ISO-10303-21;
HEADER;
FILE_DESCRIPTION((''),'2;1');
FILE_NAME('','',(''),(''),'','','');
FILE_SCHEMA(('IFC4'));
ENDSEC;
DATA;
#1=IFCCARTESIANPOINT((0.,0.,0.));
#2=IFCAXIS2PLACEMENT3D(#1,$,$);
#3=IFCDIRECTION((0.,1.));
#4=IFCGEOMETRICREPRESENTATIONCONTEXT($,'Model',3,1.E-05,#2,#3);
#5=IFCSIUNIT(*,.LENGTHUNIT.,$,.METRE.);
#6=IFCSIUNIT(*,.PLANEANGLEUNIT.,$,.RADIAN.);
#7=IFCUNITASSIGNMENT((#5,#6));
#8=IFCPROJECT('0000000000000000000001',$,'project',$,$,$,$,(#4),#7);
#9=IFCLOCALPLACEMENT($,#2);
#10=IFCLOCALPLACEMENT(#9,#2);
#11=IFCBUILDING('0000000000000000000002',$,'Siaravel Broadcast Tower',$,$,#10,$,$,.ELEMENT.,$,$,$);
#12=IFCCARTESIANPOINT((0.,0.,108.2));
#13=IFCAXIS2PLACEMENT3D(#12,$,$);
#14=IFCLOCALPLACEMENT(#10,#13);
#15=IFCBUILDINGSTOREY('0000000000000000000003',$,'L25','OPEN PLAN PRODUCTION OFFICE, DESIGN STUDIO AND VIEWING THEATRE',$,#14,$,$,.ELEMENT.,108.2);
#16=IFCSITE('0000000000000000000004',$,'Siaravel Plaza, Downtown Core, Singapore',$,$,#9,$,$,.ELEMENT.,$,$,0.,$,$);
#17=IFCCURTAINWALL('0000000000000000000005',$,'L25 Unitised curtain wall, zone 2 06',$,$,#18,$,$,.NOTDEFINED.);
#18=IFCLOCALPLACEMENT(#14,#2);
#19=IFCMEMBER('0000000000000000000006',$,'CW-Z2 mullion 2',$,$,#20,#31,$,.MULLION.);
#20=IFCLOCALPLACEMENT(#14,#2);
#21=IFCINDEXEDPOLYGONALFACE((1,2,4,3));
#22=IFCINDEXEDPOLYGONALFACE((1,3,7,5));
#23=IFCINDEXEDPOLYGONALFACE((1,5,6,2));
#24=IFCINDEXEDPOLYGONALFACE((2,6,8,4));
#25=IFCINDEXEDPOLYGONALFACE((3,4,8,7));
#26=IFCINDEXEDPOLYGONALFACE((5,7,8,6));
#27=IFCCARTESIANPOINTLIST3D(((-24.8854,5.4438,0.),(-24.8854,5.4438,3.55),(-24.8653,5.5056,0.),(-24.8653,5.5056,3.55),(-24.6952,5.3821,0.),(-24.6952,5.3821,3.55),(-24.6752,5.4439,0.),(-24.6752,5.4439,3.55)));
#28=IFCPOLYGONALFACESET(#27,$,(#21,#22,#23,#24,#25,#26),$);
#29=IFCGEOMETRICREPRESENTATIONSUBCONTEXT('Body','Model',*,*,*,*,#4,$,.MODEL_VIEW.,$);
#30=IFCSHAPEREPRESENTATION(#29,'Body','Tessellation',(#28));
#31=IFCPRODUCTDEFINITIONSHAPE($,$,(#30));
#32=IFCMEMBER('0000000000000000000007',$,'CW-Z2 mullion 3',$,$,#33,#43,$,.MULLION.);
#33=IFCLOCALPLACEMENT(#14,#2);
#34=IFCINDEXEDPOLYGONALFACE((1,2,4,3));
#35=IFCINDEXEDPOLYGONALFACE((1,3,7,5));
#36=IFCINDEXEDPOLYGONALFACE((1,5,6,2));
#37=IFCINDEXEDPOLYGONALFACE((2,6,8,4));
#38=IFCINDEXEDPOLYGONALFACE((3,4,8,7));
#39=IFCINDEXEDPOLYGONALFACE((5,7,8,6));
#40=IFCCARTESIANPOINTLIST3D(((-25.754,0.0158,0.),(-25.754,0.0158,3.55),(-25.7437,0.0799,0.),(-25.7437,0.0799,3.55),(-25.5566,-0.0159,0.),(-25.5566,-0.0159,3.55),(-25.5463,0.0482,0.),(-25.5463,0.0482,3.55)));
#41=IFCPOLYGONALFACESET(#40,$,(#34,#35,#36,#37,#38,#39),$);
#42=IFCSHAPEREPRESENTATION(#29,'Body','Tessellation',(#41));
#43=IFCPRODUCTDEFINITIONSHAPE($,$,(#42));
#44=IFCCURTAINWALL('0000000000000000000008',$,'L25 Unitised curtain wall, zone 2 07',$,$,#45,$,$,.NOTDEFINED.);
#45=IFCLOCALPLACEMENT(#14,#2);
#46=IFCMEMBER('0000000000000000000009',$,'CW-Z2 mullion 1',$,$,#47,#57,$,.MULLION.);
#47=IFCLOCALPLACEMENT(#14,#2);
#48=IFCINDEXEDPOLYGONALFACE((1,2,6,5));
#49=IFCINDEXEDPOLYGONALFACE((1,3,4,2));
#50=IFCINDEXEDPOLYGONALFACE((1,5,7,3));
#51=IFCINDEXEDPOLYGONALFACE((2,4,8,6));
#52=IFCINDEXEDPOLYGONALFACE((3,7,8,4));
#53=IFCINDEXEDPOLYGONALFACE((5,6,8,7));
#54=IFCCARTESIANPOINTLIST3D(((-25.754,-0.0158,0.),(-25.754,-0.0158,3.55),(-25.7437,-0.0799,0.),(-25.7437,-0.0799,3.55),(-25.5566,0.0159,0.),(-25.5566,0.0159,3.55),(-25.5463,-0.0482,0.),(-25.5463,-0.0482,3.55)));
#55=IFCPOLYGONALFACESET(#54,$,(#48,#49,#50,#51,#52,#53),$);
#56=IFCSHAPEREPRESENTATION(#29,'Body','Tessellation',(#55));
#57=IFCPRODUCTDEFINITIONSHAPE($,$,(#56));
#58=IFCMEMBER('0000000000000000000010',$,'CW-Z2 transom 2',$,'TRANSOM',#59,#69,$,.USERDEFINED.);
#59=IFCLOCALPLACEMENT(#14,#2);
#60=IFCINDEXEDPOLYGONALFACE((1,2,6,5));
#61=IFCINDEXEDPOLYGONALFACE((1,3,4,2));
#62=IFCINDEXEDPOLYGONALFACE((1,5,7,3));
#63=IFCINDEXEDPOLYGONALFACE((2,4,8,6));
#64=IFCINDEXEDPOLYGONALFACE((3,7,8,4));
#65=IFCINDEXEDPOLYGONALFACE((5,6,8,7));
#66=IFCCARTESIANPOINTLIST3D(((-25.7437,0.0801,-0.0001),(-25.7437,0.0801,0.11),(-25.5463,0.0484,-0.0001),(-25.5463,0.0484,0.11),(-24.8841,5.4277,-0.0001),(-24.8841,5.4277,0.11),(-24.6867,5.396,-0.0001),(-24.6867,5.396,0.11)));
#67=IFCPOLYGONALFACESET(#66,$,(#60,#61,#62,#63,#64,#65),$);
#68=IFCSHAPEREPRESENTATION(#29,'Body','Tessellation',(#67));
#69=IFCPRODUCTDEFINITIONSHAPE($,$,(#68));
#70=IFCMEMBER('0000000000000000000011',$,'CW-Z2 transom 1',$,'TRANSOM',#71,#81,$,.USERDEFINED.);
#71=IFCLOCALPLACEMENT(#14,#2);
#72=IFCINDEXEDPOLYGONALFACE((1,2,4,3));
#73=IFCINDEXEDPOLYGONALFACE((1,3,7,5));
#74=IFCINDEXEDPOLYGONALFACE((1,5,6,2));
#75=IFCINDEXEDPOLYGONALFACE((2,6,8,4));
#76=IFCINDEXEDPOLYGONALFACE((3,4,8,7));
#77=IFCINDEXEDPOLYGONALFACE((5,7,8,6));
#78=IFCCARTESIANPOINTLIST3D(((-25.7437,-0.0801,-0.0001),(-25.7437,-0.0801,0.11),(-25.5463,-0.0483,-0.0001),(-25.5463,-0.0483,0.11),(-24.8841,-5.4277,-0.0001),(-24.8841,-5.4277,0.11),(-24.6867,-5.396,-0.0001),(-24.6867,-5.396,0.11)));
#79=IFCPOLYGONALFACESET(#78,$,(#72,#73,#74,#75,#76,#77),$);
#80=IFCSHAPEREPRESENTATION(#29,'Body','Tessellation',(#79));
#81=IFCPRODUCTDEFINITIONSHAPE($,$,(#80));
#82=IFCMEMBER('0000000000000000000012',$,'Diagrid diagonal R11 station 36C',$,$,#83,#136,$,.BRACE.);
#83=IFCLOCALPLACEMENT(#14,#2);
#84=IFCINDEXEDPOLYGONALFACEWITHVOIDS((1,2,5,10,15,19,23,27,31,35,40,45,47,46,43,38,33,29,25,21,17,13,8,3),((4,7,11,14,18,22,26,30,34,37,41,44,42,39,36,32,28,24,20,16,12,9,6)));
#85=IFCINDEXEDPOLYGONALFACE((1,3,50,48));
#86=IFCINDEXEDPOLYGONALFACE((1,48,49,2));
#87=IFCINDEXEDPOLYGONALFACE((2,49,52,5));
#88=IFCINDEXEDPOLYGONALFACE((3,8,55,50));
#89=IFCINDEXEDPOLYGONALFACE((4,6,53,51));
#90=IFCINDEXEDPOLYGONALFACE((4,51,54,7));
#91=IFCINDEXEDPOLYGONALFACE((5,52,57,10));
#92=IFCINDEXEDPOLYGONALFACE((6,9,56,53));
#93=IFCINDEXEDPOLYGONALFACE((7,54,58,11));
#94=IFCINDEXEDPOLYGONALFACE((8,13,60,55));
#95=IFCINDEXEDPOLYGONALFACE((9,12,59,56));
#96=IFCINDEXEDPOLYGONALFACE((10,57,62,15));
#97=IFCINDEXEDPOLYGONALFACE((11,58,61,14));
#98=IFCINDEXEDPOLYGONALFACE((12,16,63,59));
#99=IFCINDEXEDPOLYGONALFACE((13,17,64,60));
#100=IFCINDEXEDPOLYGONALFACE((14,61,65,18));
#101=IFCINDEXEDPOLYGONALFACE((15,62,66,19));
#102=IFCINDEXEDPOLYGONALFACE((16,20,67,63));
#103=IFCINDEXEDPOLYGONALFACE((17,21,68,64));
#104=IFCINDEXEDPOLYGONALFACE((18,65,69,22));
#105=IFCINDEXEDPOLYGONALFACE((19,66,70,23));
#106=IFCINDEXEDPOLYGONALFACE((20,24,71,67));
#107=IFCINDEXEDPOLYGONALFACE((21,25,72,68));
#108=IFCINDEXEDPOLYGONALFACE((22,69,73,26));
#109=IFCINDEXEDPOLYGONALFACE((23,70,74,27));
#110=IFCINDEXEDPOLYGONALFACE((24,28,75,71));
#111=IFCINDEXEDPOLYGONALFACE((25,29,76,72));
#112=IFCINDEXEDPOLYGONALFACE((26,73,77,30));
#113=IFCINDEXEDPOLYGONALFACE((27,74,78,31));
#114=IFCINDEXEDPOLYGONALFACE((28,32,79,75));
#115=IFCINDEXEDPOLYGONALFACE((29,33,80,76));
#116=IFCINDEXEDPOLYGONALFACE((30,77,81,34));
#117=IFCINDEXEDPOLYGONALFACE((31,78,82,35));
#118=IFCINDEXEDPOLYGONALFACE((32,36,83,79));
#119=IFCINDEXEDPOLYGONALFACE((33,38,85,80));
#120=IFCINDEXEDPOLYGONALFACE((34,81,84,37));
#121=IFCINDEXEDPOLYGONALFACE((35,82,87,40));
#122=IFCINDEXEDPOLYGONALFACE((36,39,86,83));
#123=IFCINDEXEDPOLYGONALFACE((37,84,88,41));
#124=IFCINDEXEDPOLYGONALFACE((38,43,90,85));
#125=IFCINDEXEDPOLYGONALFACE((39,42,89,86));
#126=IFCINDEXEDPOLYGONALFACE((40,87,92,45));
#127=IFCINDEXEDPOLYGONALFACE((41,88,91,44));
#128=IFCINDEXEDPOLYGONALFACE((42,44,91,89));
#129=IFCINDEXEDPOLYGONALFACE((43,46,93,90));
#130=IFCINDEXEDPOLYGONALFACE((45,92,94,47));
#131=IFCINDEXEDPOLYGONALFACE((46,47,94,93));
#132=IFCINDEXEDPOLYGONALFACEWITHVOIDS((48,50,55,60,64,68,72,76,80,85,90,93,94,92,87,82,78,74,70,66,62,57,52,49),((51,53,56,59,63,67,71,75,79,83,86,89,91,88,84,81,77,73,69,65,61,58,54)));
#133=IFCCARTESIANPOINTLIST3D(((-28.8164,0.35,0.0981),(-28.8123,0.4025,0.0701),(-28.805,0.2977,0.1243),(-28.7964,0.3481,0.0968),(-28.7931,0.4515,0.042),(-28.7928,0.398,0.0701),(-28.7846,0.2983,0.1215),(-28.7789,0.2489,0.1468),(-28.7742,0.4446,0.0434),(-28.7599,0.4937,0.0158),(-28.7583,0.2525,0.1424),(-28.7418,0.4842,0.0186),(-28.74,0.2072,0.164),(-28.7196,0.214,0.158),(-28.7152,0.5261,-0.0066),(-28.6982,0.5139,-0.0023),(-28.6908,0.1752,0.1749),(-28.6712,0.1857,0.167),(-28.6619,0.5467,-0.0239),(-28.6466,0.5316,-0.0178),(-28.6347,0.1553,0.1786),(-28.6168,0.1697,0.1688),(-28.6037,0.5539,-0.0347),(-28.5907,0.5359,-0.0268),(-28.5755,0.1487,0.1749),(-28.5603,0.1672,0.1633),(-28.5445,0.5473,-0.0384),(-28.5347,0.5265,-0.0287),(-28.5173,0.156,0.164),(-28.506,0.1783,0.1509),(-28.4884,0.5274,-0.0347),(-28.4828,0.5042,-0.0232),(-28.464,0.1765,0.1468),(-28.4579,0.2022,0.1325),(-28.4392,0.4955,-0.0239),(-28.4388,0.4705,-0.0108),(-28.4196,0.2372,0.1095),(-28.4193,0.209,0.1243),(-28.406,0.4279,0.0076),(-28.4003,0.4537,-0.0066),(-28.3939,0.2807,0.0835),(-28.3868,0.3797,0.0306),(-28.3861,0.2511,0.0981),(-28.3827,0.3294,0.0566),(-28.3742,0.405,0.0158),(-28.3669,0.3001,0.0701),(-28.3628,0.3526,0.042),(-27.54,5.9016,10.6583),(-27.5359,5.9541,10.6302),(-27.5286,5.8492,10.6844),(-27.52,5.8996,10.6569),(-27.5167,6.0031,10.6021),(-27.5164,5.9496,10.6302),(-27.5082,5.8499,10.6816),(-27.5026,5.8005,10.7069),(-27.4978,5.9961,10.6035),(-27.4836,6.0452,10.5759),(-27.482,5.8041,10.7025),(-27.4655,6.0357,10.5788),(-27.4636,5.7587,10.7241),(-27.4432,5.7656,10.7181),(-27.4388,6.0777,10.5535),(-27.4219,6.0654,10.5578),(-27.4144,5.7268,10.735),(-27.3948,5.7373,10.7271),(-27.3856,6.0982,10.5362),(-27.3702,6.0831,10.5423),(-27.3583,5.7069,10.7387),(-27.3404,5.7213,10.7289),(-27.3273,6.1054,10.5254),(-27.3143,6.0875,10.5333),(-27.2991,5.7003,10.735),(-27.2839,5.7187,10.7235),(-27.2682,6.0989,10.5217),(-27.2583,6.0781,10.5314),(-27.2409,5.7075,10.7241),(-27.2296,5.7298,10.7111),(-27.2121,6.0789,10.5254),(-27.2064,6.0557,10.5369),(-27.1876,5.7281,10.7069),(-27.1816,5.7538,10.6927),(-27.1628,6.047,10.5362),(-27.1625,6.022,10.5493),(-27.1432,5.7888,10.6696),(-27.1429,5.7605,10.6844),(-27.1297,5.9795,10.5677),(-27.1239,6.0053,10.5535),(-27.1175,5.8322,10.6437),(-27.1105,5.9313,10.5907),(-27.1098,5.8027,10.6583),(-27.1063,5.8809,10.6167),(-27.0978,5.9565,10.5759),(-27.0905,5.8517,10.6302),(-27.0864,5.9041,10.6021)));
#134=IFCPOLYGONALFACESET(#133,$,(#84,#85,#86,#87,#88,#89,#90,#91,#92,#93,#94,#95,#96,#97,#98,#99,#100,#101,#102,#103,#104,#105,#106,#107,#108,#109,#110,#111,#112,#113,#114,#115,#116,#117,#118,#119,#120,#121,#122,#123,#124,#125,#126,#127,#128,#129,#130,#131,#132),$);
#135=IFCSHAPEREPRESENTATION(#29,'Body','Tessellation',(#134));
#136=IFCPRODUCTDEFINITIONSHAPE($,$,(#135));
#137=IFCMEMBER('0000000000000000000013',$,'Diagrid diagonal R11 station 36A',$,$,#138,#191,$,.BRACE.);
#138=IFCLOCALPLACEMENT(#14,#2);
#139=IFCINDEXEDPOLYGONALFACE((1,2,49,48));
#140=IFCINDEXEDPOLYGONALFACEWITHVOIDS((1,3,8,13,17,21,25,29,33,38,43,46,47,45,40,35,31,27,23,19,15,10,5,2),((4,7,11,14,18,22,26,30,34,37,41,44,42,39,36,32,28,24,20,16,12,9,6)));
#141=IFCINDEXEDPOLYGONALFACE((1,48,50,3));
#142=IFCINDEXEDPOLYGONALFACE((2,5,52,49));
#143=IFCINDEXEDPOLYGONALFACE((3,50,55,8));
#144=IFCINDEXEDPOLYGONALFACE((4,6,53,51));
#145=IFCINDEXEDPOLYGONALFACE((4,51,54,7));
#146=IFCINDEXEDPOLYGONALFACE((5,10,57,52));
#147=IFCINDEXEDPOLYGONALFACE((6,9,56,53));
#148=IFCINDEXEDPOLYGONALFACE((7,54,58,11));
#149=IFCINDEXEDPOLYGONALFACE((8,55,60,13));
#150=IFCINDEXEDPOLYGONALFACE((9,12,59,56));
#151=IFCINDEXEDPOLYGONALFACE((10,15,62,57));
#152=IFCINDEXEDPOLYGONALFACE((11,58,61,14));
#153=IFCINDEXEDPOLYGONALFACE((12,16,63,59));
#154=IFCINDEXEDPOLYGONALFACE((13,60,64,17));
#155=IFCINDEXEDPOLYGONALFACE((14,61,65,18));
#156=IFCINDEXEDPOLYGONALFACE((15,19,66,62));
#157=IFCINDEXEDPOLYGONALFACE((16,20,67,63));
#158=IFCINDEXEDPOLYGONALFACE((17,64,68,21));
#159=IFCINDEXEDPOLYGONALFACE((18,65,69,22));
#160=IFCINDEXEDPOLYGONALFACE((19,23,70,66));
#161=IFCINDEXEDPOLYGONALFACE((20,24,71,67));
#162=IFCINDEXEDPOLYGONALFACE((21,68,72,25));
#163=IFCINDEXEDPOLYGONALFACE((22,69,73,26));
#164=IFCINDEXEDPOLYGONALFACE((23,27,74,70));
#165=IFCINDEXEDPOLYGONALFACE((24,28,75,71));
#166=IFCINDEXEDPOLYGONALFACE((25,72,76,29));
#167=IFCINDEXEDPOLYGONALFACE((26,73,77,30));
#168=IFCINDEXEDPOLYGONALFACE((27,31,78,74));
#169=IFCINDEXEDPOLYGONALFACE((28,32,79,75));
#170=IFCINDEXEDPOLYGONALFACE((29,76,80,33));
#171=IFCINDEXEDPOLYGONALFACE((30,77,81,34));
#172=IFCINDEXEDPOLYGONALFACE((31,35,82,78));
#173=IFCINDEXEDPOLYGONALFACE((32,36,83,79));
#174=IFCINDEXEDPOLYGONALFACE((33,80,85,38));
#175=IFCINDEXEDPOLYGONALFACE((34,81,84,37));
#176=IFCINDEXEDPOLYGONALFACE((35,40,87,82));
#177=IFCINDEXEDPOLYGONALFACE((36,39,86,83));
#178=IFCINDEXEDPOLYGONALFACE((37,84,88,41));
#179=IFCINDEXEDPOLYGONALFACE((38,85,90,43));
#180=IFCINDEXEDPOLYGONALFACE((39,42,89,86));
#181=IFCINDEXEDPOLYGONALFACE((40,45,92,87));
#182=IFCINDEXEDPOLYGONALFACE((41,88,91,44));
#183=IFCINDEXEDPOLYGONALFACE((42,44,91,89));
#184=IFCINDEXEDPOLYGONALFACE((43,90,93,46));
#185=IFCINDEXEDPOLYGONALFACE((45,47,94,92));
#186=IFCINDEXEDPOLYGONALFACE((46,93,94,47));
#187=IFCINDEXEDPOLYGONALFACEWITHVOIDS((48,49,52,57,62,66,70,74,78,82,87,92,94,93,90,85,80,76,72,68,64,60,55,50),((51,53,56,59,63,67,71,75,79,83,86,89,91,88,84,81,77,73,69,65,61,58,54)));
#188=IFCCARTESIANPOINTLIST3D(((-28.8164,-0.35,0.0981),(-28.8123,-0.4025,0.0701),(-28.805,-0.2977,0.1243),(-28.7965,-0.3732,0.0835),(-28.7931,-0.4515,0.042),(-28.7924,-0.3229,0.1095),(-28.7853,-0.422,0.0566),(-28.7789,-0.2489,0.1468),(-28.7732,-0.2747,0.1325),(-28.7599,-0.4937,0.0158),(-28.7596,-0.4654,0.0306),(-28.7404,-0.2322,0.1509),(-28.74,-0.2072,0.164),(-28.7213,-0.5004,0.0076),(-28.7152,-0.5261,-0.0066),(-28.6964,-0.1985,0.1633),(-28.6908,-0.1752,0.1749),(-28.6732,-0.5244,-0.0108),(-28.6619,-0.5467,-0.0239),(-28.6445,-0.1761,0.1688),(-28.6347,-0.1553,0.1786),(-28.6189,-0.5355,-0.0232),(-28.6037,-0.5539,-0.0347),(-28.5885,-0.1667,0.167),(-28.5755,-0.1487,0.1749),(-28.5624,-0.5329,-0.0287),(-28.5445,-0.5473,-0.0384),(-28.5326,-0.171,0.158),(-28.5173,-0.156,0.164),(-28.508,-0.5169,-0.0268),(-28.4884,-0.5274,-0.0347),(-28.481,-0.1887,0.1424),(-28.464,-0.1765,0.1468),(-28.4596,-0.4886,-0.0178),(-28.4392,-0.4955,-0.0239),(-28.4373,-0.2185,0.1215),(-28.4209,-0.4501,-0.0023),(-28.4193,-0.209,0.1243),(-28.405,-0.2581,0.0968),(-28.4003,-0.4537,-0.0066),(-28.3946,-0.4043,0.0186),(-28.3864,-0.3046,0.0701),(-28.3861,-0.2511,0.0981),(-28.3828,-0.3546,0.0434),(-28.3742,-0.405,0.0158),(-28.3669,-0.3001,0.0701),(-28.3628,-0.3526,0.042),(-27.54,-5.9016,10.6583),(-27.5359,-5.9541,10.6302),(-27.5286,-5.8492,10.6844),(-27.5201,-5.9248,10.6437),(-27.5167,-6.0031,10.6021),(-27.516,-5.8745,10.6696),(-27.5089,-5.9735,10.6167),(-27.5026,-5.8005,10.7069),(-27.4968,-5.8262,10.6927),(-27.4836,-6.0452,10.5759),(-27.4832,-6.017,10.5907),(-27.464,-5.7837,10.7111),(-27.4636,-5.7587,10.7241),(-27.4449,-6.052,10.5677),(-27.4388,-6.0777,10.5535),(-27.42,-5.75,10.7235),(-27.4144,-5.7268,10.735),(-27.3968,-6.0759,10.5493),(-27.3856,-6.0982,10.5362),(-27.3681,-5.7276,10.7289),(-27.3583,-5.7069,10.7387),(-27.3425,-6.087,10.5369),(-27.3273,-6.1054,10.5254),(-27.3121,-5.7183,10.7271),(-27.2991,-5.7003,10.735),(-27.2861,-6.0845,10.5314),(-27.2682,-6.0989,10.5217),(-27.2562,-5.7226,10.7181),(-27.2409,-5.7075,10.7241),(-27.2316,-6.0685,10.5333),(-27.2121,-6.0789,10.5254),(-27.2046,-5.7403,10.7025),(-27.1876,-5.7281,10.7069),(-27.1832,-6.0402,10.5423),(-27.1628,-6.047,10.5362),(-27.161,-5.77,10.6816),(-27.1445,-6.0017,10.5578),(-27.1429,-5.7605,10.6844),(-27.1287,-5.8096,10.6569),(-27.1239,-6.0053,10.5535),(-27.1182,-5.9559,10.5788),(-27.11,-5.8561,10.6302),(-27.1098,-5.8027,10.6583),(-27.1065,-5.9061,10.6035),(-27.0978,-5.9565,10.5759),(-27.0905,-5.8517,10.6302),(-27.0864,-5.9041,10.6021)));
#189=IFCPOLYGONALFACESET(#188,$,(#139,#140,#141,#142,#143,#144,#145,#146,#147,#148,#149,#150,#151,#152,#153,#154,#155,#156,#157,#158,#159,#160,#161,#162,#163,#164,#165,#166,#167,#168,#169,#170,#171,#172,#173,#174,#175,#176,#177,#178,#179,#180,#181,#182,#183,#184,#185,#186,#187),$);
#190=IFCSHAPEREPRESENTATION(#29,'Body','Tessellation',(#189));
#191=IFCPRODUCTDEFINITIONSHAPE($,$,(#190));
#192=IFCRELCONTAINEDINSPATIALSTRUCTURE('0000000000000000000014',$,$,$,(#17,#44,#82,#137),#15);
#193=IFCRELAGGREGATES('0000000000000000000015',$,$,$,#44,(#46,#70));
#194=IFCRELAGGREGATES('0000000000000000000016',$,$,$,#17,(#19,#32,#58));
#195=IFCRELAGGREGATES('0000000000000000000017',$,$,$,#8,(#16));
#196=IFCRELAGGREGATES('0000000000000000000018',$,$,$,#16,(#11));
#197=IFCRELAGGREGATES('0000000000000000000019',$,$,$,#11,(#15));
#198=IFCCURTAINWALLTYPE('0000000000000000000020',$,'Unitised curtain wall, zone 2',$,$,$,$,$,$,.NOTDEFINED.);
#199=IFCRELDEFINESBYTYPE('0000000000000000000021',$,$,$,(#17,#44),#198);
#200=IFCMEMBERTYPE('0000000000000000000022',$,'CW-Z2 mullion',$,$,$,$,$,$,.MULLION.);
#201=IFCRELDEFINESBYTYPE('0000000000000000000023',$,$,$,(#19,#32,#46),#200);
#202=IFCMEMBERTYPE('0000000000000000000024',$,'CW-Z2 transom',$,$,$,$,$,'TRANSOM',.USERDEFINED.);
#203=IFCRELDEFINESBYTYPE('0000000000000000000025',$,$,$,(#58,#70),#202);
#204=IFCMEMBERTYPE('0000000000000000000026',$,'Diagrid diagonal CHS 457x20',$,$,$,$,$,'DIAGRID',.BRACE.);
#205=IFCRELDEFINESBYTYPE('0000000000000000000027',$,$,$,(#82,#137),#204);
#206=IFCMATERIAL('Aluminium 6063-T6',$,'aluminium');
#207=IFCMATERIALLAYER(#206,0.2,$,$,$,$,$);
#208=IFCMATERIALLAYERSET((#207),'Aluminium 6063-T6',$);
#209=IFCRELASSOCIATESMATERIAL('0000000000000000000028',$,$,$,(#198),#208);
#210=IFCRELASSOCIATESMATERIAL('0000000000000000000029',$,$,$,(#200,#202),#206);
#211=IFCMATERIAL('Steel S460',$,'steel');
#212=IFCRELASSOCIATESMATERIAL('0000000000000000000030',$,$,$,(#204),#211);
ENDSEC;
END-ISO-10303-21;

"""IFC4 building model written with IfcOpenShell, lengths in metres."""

from ifc_helpers import new_model, si_unit, direction, frame, origin, origin_2d, place, context, subcontext, project, spatial, rectangle, hollow_circle, extrude, material, layer, layer_set, material_profile, profile_set, type_object, element, aggregate, save


model = new_model("IFC4")

# Units and contexts
model_context = context("Model", 3, precision=1e-05, world=origin(), true_north=direction((0.0, 1.0)))
body_context = subcontext(model_context, "Body", "Model", "MODEL_VIEW")
ifc_project = project(units=[si_unit("LENGTHUNIT", "METRE"), si_unit("PLANEANGLEUNIT", "RADIAN")], contexts=[model_context])

# Site, building, storey
site_placement = place(None, origin())
site = spatial("IfcSite", under=ifc_project, at=site_placement, Name="Siaravel Plaza, Downtown Core, Singapore", CompositionType="ELEMENT", RefElevation=0.0)
building_placement = place(site_placement, origin())
building = spatial("IfcBuilding", under=site, at=building_placement, Name="Siaravel Broadcast Tower", CompositionType="ELEMENT")
storey_placement = place(building_placement, frame((0.0, 0.0, 108.2)))
storey = spatial("IfcBuildingStorey", under=building, at=storey_placement, Name="L25", Description="OPEN PLAN PRODUCTION OFFICE, DESIGN STUDIO AND VIEWING THEATRE", CompositionType="ELEMENT", Elevation=108.2)

# Curtain wall, members
ifc_material_1 = material(Name="Aluminium 6063-T6", Category="aluminium")
ifc_layer_1 = layer(ifc_material_1, 0.2)
ifc_layer_set_1 = layer_set([ifc_layer_1], Name="Aluminium 6063-T6")
curtain_wall_type = type_object("IfcCurtainWallType", Name="Unitised curtain wall, zone 2", PredefinedType="NOTDEFINED", material=ifc_layer_set_1)
curtain_wall_1_placement = place(storey_placement, origin())
curtain_wall_1 = element("IfcCurtainWall", 1, at=curtain_wall_1_placement, inside=storey, type_object=curtain_wall_type, Name="L25 Unitised curtain wall, zone 2 06", PredefinedType="NOTDEFINED")
ifc_material_profile_1 = material_profile(ifc_material_1, rectangle(XDim=0.2, YDim=0.0649, at=origin_2d()))
ifc_profile_set_1 = profile_set([ifc_material_profile_1], Name="Aluminium 6063-T6")
member_type_1 = type_object("IfcMemberType", Name="CW-Z2 mullion", PredefinedType="MULLION", material=ifc_profile_set_1)
member_1_placement = place(storey_placement, frame((-24.7803, 5.4438, 0.0), z_axis=(0.0, 0.0, 1.0), x_axis=(0.951177, -0.308646, 0.0)))
member_1 = element("IfcMember", 2, at=member_1_placement, type_object=member_type_1, Name="CW-Z2 mullion 2", PredefinedType="MULLION", context=body_context, shape_type="SweptSolid", body=[
    extrude(rectangle(XDim=0.2, YDim=0.0649, at=origin_2d()), origin(), (0.0, 0.0, 1.0), 3.55),
])
member_2_placement = place(storey_placement, frame((-25.6501, 0.032, 0.0), z_axis=(0.0, 0.0, 1.0), x_axis=(0.987329, -0.158686, 0.0)))
member_2 = element("IfcMember", 3, at=member_2_placement, type_object=member_type_1, Name="CW-Z2 mullion 3", PredefinedType="MULLION", context=body_context, shape_type="SweptSolid", body=[
    extrude(rectangle(XDim=0.2, YDim=0.0649, at=origin_2d()), origin(), (0.0, 0.0, 1.0), 3.55),
])

# Curtain wall, member
curtain_wall_2_placement = place(storey_placement, origin())
curtain_wall_2 = element("IfcCurtainWall", 4, at=curtain_wall_2_placement, inside=storey, type_object=curtain_wall_type, Name="L25 Unitised curtain wall, zone 2 07", PredefinedType="NOTDEFINED")
member_3_placement = place(storey_placement, frame((-25.6501, -0.032, 0.0), z_axis=(0.0, 0.0, 1.0), x_axis=(0.987329, 0.158686, 0.0)))
member_3 = element("IfcMember", 5, at=member_3_placement, type_object=member_type_1, Name="CW-Z2 mullion 1", PredefinedType="MULLION", context=body_context, shape_type="SweptSolid", body=[
    extrude(rectangle(XDim=0.2, YDim=0.0649, at=origin_2d()), origin(), (0.0, 0.0, 1.0), 3.55),
])

# Members
ifc_material_profile_2 = material_profile(ifc_material_1, rectangle(XDim=0.2, YDim=0.1101, at=origin_2d()))
ifc_profile_set_2 = profile_set([ifc_material_profile_2], Name="Aluminium 6063-T6")
member_type_2 = type_object("IfcMemberType", Name="CW-Z2 transom", ElementType="TRANSOM", PredefinedType="USERDEFINED", material=ifc_profile_set_2)
member_4_placement = place(storey_placement, frame((-24.7854, 5.4119, 0.0549), z_axis=(-0.158709, -0.987325, 0.0), x_axis=(0.987325, -0.158709, 0.0)))
member_4 = element("IfcMember", 6, at=member_4_placement, type_object=member_type_2, Name="CW-Z2 transom 2", ObjectType="TRANSOM", PredefinedType="USERDEFINED", context=body_context, shape_type="SweptSolid", body=[
    extrude(rectangle(XDim=0.2, YDim=0.1101, at=origin_2d()), origin(), (0.0, 0.0, 1.0), 5.4163),
])
member_5_placement = place(storey_placement, frame((-25.645, -0.0642, 0.0549), z_axis=(0.158709, -0.987325, 0.0), x_axis=(0.987325, 0.158709, 0.0)))
member_5 = element("IfcMember", 7, at=member_5_placement, type_object=member_type_2, Name="CW-Z2 transom 1", ObjectType="TRANSOM", PredefinedType="USERDEFINED", context=body_context, shape_type="SweptSolid", body=[
    extrude(rectangle(XDim=0.2, YDim=0.1101, at=origin_2d()), origin(), (0.0, 0.0, 1.0), 5.4163),
])
aggregate(curtain_wall_2, [member_3, member_5])

# Members
ifc_material_2 = material(Name="Steel S460", Category="steel")
ifc_material_profile_3 = material_profile(ifc_material_2, hollow_circle(Radius=0.2285, WallThickness=0.02, at=origin_2d()))
ifc_profile_set_3 = profile_set([ifc_material_profile_3], Name="Steel S460")
member_type_3 = type_object("IfcMemberType", Name="Diagrid diagonal CHS 457x20", ElementType="DIAGRID", PredefinedType="BRACE", material=ifc_profile_set_3)
for number, where, z_axis, x_axis, name in (
    (8, (-28.5896, 0.3513, 0.0701), (0.106378, 0.462685, 0.880117), (-0.974574, 0.224068, 0.0), "Diagrid diagonal R11 station 36C"),
    (9, (-28.5896, -0.3513, 0.0701), (0.106378, -0.462685, 0.880117), (0.974574, 0.224068, 0.0), "Diagrid diagonal R11 station 36A"),
):
    element("IfcMember", number, at=place(storey_placement, frame(where, z_axis=z_axis, x_axis=x_axis)), inside=storey, type_object=member_type_3, Name=name, PredefinedType="BRACE", context=body_context, shape_type="SweptSolid", body=[
        extrude(hollow_circle(Radius=0.2285, WallThickness=0.02, at=origin_2d()), origin(), (0.0, 0.0, 1.0), 11.9985),
    ])

aggregate(curtain_wall_1, [member_1, member_2, member_4])

save(model, "model.ifc")
